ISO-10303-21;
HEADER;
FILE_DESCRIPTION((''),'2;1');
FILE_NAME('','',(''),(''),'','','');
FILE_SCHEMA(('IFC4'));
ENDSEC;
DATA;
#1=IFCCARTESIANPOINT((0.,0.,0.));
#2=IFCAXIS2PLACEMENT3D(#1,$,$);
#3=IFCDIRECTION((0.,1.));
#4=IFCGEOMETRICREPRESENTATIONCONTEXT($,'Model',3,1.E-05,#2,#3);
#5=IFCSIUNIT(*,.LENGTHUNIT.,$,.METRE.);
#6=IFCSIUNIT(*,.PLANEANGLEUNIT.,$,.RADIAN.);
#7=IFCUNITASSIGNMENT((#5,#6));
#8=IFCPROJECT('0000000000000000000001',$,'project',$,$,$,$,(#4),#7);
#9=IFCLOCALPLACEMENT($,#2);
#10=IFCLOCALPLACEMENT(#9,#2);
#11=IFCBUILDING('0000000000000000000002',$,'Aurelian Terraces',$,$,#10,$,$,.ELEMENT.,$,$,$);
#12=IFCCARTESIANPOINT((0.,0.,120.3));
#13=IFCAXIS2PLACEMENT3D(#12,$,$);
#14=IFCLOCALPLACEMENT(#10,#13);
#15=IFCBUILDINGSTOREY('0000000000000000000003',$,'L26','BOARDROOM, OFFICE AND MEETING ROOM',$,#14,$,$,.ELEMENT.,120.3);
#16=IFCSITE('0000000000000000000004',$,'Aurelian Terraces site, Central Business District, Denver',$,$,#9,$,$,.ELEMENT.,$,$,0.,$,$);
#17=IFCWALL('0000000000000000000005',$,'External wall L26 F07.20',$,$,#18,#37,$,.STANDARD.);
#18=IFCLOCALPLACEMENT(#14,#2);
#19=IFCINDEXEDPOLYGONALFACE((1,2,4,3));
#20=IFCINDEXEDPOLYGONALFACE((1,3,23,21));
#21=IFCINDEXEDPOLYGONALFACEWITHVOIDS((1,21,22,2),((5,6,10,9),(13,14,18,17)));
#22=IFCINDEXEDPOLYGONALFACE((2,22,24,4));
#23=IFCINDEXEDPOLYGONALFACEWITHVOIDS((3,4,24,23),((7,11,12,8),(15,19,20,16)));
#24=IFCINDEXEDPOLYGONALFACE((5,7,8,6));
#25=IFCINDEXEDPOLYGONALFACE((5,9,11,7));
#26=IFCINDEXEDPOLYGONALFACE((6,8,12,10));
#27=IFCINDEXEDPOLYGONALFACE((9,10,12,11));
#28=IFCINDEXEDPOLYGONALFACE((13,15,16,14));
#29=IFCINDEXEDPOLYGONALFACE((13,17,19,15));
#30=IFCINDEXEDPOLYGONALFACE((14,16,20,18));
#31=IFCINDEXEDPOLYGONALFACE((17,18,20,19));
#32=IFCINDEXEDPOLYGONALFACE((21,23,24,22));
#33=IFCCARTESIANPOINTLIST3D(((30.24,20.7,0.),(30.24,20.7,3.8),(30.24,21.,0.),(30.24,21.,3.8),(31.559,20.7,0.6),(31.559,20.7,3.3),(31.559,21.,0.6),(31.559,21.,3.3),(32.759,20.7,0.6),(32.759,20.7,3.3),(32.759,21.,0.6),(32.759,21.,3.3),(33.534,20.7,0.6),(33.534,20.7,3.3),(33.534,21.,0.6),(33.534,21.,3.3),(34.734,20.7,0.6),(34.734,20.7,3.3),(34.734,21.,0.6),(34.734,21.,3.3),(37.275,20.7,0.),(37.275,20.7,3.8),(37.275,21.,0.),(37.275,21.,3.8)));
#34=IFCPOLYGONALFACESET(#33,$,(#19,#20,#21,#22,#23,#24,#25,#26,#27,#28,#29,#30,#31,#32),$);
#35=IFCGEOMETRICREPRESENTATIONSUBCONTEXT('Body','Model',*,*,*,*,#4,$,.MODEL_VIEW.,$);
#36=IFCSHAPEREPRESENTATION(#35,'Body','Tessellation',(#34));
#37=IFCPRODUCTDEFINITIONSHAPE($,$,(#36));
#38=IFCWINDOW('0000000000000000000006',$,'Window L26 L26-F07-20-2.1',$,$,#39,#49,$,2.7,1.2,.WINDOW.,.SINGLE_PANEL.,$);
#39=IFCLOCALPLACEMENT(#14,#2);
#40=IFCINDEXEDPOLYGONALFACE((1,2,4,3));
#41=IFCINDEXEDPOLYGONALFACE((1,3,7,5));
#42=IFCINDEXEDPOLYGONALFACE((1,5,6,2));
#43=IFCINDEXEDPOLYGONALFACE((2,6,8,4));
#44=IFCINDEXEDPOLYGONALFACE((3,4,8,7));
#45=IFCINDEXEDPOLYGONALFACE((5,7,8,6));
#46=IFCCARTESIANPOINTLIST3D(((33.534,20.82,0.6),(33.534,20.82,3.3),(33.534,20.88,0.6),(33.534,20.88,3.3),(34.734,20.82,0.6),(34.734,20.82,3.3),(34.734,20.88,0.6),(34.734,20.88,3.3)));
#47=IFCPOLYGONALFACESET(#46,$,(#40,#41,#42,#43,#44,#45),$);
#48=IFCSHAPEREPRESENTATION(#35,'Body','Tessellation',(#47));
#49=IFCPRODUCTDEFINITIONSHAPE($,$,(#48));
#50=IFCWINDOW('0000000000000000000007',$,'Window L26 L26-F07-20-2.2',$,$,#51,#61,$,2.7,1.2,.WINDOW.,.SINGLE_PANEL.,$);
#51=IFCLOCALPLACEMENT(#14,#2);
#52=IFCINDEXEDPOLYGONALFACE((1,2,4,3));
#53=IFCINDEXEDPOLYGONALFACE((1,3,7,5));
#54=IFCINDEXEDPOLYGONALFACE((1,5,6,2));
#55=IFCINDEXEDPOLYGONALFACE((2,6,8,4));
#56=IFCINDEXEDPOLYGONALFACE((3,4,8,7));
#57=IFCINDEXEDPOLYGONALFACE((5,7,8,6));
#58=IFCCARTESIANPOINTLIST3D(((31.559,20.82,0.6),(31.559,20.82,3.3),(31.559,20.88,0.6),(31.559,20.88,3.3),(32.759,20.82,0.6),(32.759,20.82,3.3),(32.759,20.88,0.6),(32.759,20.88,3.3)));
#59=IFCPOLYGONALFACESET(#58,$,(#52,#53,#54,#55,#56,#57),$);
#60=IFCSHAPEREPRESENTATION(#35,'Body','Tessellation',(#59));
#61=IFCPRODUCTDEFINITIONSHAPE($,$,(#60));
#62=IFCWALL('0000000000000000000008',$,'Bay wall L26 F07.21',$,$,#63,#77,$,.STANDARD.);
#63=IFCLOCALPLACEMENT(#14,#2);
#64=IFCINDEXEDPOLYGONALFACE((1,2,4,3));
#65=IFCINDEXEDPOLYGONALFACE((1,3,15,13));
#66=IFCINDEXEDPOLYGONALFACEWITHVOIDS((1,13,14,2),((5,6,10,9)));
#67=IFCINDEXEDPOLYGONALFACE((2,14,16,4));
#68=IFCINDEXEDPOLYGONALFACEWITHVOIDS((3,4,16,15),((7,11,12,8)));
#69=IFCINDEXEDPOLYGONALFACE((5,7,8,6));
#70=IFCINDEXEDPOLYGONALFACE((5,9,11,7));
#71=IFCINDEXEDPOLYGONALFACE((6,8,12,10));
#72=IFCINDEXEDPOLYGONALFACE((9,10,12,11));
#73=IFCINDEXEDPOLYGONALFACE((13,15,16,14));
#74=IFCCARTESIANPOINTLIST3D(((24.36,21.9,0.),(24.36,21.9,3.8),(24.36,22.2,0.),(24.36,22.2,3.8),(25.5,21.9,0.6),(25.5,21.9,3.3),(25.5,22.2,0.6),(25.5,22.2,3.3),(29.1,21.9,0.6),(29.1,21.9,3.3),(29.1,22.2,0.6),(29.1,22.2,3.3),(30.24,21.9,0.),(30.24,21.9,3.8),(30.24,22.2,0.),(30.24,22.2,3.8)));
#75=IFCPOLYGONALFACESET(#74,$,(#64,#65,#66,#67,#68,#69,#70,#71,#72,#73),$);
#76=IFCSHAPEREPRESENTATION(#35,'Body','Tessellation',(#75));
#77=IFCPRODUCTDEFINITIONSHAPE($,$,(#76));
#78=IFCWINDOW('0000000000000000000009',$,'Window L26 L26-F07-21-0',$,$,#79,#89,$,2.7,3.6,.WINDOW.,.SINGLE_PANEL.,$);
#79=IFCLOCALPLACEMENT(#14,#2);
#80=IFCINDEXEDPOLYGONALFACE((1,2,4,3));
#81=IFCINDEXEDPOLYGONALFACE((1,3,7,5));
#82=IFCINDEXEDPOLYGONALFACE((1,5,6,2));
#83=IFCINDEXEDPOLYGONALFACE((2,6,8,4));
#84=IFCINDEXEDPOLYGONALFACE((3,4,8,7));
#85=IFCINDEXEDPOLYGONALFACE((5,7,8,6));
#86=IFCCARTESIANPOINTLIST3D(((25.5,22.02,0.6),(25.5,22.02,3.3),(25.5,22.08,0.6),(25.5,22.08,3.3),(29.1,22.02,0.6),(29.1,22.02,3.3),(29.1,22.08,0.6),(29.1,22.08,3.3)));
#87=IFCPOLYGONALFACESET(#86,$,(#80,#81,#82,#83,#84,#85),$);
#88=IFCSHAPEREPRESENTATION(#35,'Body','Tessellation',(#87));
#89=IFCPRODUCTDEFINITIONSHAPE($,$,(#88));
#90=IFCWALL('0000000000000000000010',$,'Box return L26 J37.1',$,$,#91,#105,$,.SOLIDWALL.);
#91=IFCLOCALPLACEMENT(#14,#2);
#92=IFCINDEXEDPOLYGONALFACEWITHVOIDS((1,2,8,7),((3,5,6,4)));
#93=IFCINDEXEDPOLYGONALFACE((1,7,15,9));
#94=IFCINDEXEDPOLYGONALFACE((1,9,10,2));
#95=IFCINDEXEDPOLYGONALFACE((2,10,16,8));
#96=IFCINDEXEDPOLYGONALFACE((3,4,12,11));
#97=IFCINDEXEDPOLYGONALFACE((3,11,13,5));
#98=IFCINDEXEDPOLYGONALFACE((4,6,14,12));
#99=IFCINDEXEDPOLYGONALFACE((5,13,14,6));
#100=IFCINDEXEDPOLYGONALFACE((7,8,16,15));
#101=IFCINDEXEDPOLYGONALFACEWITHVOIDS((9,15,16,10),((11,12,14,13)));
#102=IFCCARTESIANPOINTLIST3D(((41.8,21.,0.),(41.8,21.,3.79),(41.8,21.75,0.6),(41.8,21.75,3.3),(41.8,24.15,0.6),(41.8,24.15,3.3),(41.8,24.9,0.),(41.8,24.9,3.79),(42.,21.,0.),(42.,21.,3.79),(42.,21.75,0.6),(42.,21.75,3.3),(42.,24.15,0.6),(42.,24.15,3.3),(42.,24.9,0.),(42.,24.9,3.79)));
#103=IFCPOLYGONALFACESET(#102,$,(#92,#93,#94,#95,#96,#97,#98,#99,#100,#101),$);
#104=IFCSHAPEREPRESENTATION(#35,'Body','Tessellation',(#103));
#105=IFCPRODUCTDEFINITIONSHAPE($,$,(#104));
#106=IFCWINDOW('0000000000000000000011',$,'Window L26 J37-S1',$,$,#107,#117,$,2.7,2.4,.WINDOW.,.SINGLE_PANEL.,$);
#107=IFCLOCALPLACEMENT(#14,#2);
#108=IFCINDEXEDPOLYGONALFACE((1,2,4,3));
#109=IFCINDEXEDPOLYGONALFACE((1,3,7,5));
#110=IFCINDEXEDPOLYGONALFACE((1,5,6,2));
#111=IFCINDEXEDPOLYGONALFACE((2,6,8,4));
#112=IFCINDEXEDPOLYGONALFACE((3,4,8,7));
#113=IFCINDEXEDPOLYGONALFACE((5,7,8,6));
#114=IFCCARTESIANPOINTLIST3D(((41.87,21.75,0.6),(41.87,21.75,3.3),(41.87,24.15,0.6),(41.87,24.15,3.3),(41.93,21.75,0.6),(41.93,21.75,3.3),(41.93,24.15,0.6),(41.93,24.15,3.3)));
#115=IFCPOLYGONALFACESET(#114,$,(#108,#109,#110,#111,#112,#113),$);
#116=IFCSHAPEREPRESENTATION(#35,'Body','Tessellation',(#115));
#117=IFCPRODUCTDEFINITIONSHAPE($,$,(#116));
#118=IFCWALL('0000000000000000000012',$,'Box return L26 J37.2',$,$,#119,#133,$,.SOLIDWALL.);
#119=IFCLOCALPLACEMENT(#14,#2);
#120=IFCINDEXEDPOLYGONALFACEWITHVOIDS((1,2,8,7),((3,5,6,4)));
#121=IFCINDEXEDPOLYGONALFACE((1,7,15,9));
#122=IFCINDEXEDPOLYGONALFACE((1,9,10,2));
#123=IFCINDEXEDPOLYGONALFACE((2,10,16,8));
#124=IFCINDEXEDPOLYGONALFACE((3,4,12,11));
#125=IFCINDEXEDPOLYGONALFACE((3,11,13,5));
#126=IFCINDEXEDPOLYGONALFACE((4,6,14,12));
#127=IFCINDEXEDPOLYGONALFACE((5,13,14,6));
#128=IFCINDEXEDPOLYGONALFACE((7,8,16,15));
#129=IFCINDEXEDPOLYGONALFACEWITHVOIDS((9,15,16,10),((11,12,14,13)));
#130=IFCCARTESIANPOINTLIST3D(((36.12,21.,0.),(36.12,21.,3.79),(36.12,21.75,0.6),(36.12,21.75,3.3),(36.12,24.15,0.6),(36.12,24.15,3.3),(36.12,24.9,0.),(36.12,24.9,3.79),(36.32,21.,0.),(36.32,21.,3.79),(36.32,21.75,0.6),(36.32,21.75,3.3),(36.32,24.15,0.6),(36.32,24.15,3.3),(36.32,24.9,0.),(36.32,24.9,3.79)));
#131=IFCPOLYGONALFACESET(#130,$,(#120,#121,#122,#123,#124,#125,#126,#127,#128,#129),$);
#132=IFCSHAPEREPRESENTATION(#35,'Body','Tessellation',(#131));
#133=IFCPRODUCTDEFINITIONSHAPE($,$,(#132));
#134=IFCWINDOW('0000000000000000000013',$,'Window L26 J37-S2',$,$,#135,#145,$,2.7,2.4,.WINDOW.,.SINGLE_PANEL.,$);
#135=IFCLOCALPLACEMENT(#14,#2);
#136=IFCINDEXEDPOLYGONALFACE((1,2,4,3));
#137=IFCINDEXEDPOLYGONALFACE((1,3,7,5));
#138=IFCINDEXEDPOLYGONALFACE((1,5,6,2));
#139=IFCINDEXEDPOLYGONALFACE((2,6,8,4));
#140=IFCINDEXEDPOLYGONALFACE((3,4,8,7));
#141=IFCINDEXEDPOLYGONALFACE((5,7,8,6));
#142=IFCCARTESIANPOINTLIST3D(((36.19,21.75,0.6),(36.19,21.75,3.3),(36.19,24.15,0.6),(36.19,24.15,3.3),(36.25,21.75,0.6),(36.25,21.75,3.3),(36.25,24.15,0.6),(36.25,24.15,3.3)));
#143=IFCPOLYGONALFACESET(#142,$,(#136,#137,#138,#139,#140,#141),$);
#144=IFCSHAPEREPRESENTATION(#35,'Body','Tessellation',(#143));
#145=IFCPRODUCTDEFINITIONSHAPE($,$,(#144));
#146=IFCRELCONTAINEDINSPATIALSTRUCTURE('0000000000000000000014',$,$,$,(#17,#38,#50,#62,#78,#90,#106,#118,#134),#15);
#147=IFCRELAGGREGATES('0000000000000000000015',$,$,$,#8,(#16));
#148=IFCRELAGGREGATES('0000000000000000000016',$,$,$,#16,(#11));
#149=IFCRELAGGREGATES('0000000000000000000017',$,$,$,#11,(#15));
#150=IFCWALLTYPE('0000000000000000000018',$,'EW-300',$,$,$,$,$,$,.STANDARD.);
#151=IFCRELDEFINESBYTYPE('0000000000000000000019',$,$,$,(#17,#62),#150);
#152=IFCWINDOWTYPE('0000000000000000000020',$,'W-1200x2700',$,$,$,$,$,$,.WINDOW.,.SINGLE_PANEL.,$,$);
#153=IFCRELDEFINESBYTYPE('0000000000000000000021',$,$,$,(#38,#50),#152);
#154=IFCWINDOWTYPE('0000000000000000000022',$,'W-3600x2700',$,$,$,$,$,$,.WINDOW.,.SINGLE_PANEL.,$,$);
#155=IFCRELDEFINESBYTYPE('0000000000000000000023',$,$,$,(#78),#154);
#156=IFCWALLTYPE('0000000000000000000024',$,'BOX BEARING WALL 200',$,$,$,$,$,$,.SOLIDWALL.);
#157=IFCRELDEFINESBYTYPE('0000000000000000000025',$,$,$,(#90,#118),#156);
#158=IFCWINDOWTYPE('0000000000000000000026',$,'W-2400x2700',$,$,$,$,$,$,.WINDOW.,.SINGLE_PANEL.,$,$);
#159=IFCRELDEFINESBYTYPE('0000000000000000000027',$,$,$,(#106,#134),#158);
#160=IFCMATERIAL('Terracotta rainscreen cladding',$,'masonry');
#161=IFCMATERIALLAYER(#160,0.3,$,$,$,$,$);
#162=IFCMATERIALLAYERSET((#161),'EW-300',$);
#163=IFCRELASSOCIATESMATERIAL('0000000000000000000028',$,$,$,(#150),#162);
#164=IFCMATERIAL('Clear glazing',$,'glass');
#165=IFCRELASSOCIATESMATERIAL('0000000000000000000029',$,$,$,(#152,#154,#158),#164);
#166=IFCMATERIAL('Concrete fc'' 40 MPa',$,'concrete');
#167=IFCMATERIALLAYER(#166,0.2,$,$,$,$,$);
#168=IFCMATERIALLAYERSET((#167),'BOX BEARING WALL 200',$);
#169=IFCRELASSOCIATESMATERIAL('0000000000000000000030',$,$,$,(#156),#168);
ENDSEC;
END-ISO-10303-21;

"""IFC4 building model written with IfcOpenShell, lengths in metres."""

from ifc_helpers import new_model, si_unit, direction, frame, frame_2d, origin, place, context, subcontext, project, spatial, rectangle, extrude, source, transform, mapped, material, layer, layer_set, type_object, element, fill, save


model = new_model("IFC4")

# Units and contexts
model_context = context("Model", 3, precision=1e-05, world=origin(), true_north=direction((0.0, 1.0)))
body_context = subcontext(model_context, "Body", "Model", "MODEL_VIEW")
ifc_project = project(units=[si_unit("LENGTHUNIT", "METRE"), si_unit("PLANEANGLEUNIT", "RADIAN")], contexts=[model_context])

# Site, building, storey
site_placement = place(None, origin())
site = spatial("IfcSite", under=ifc_project, at=site_placement, Name="Aurelian Terraces site, Central Business District, Denver", CompositionType="ELEMENT", RefElevation=0.0)
building_placement = place(site_placement, origin())
building = spatial("IfcBuilding", under=site, at=building_placement, Name="Aurelian Terraces", CompositionType="ELEMENT")
storey_placement = place(building_placement, frame((0.0, 0.0, 120.3)))
storey = spatial("IfcBuildingStorey", under=building, at=storey_placement, Name="L26", Description="BOARDROOM, OFFICE AND MEETING ROOM", CompositionType="ELEMENT", Elevation=120.3)

# Wall, openings, windows
ifc_material_1 = material(Name="Terracotta rainscreen cladding", Category="masonry")
ifc_layer_1 = layer(ifc_material_1, 0.3)
ifc_layer_set_1 = layer_set([ifc_layer_1], Name="EW-300")
wall_type_1 = type_object("IfcWallType", Name="EW-300", PredefinedType="STANDARD", material=ifc_layer_set_1)
wall_1_placement = place(storey_placement, frame((37.275, 20.85, 0.0), z_axis=(0.0, 0.0, 1.0), x_axis=(-1.0, 0.0, 0.0)))
wall_1 = element("IfcWall", 1, at=wall_1_placement, inside=storey, type_object=wall_type_1, Name="External wall L26 F07.20", PredefinedType="STANDARD", context=body_context, shape_type="SweptSolid", body=[
    extrude(rectangle(XDim=7.035, YDim=0.3, at=frame_2d((3.5175, 0.0))), origin(), (0.0, 0.0, 1.0), 3.8),
])
shared_shape_1 = source(origin(), body_context, "Body", "SweptSolid", [
    extrude(rectangle(XDim=1.2, YDim=2.7, at=frame_2d((0.6, 1.35))), frame((0.0, 0.16, 0.0), z_axis=(0.0, -1.0, 0.0), x_axis=(1.0, 0.0, 0.0)), (0.0, 0.0, 1.0), 0.32),
])
opening_1_placement = place(wall_1_placement, frame((2.541, 0.0, 0.6)))
opening_1 = element("IfcOpeningElement", 2, at=opening_1_placement, cuts=wall_1, PredefinedType="OPENING", context=body_context, shape_type="MappedRepresentation", body=[
    mapped(shared_shape_1, transform((0.0, 0.0, 0.0), scale=1.0)),
])
opening_2_placement = place(wall_1_placement, frame((4.516, 0.0, 0.6)))
opening_2 = element("IfcOpeningElement", 3, at=opening_2_placement, cuts=wall_1, PredefinedType="OPENING", context=body_context, shape_type="MappedRepresentation", body=[
    mapped(shared_shape_1, transform((0.0, 0.0, 0.0), scale=1.0)),
])
ifc_material_2 = material(Name="Clear glazing", Category="glass")
window_type_1 = type_object("IfcWindowType", Name="W-1200x2700", PartitioningType="SINGLE_PANEL", PredefinedType="WINDOW", material=ifc_material_2)
shared_shape_2 = source(origin(), body_context, "Body", "SweptSolid", [
    extrude(rectangle(XDim=1.2, YDim=2.7, at=frame_2d((0.6, 1.35))), frame((0.0, 0.03, 0.0), z_axis=(0.0, -1.0, 0.0), x_axis=(1.0, 0.0, 0.0)), (0.0, 0.0, 1.0), 0.06),
])
window_1_placement = place(opening_1_placement, origin())
window_1 = element("IfcWindow", 4, at=window_1_placement, inside=storey, type_object=window_type_1, Name="Window L26 L26-F07-20-2.1", OverallHeight=2.7, OverallWidth=1.2, PartitioningType="SINGLE_PANEL", PredefinedType="WINDOW", context=body_context, shape_type="MappedRepresentation", body=[
    mapped(shared_shape_2, transform((0.0, 0.0, 0.0), scale=1.0)),
])
fill(opening_1, window_1)
window_2_placement = place(opening_2_placement, origin())
window_2 = element("IfcWindow", 5, at=window_2_placement, inside=storey, type_object=window_type_1, Name="Window L26 L26-F07-20-2.2", OverallHeight=2.7, OverallWidth=1.2, PartitioningType="SINGLE_PANEL", PredefinedType="WINDOW", context=body_context, shape_type="MappedRepresentation", body=[
    mapped(shared_shape_2, transform((0.0, 0.0, 0.0), scale=1.0)),
])
fill(opening_2, window_2)

# Walls, openings, windows
shared_shape_3 = source(origin(), body_context, "Body", "SweptSolid", [
    extrude(rectangle(XDim=5.88, YDim=0.3, at=frame_2d((2.94, 0.0))), origin(), (0.0, 0.0, 1.0), 3.8),
])
wall_2_placement = place(storey_placement, frame((30.24, 22.05, 0.0), z_axis=(0.0, 0.0, 1.0), x_axis=(-1.0, 0.0, 0.0)))
wall_2 = element("IfcWall", 6, at=wall_2_placement, inside=storey, type_object=wall_type_1, Name="Bay wall L26 F07.21", PredefinedType="STANDARD", context=body_context, shape_type="MappedRepresentation", body=[
    mapped(shared_shape_3, transform((0.0, 0.0, 0.0), scale=1.0)),
])
shared_shape_4 = source(origin(), body_context, "Body", "SweptSolid", [
    extrude(rectangle(XDim=3.6, YDim=2.7, at=frame_2d((1.8, 1.35))), frame((0.0, 0.16, 0.0), z_axis=(0.0, -1.0, 0.0), x_axis=(1.0, 0.0, 0.0)), (0.0, 0.0, 1.0), 0.32),
])
opening_3_placement = place(wall_2_placement, frame((1.14, 0.0, 0.6)))
opening_3 = element("IfcOpeningElement", 7, at=opening_3_placement, cuts=wall_2, PredefinedType="OPENING", context=body_context, shape_type="MappedRepresentation", body=[
    mapped(shared_shape_4, transform((0.0, 0.0, 0.0), scale=1.0)),
])
window_type_2 = type_object("IfcWindowType", Name="W-3600x2700", PartitioningType="SINGLE_PANEL", PredefinedType="WINDOW", material=ifc_material_2)
shared_shape_5 = source(origin(), body_context, "Body", "SweptSolid", [
    extrude(rectangle(XDim=3.6, YDim=2.7, at=frame_2d((1.8, 1.35))), frame((0.0, 0.03, 0.0), z_axis=(0.0, -1.0, 0.0), x_axis=(1.0, 0.0, 0.0)), (0.0, 0.0, 1.0), 0.06),
])
window_3_placement = place(opening_3_placement, origin())
window_3 = element("IfcWindow", 8, at=window_3_placement, inside=storey, type_object=window_type_2, Name="Window L26 L26-F07-21-0", OverallHeight=2.7, OverallWidth=3.6, PartitioningType="SINGLE_PANEL", PredefinedType="WINDOW", context=body_context, shape_type="MappedRepresentation", body=[
    mapped(shared_shape_5, transform((0.0, 0.0, 0.0), scale=1.0)),
])
fill(opening_3, window_3)
ifc_material_3 = material(Name="Concrete fc' 40 MPa", Category="concrete")
ifc_layer_2 = layer(ifc_material_3, 0.2)
ifc_layer_set_2 = layer_set([ifc_layer_2], Name="BOX BEARING WALL 200")
wall_type_2 = type_object("IfcWallType", Name="BOX BEARING WALL 200", PredefinedType="SOLIDWALL", material=ifc_layer_set_2)
shared_shape_6 = source(origin(), body_context, "Body", "SweptSolid", [
    extrude(rectangle(XDim=3.9, YDim=0.2, at=frame_2d((1.95, 0.0))), origin(), (0.0, 0.0, 1.0), 3.79),
])
wall_3_placement = place(storey_placement, frame((41.9, 21.0, 0.0), z_axis=(0.0, 0.0, 1.0), x_axis=(0.0, 1.0, 0.0)))
wall_3 = element("IfcWall", 9, at=wall_3_placement, inside=storey, type_object=wall_type_2, Name="Box return L26 J37.1", PredefinedType="SOLIDWALL", context=body_context, shape_type="MappedRepresentation", body=[
    mapped(shared_shape_6, transform((0.0, 0.0, 0.0), scale=1.0)),
])
shared_shape_7 = source(origin(), body_context, "Body", "SweptSolid", [
    extrude(rectangle(XDim=2.4, YDim=2.7, at=frame_2d((1.2, 1.35))), frame((0.0, 0.11, 0.0), z_axis=(0.0, -1.0, 0.0), x_axis=(1.0, 0.0, 0.0)), (0.0, 0.0, 1.0), 0.22),
])
opening_4_placement = place(wall_3_placement, frame((0.75, 0.0, 0.6)))
opening_4 = element("IfcOpeningElement", 10, at=opening_4_placement, cuts=wall_3, PredefinedType="OPENING", context=body_context, shape_type="MappedRepresentation", body=[
    mapped(shared_shape_7, transform((0.0, 0.0, 0.0), scale=1.0)),
])
window_type_3 = type_object("IfcWindowType", Name="W-2400x2700", PartitioningType="SINGLE_PANEL", PredefinedType="WINDOW", material=ifc_material_2)
shared_shape_8 = source(origin(), body_context, "Body", "SweptSolid", [
    extrude(rectangle(XDim=2.4, YDim=2.7, at=frame_2d((1.2, 1.35))), frame((0.0, 0.03, 0.0), z_axis=(0.0, -1.0, 0.0), x_axis=(1.0, 0.0, 0.0)), (0.0, 0.0, 1.0), 0.06),
])
window_4_placement = place(opening_4_placement, origin())
window_4 = element("IfcWindow", 11, at=window_4_placement, inside=storey, type_object=window_type_3, Name="Window L26 J37-S1", OverallHeight=2.7, OverallWidth=2.4, PartitioningType="SINGLE_PANEL", PredefinedType="WINDOW", context=body_context, shape_type="MappedRepresentation", body=[
    mapped(shared_shape_8, transform((0.0, 0.0, 0.0), scale=1.0)),
])
fill(opening_4, window_4)
wall_4_placement = place(storey_placement, frame((36.22, 21.0, 0.0), z_axis=(0.0, 0.0, 1.0), x_axis=(0.0, 1.0, 0.0)))
wall_4 = element("IfcWall", 12, at=wall_4_placement, inside=storey, type_object=wall_type_2, Name="Box return L26 J37.2", PredefinedType="SOLIDWALL", context=body_context, shape_type="MappedRepresentation", body=[
    mapped(shared_shape_6, transform((0.0, 0.0, 0.0), scale=1.0)),
])
opening_5_placement = place(wall_4_placement, frame((0.75, 0.0, 0.6)))
opening_5 = element("IfcOpeningElement", 13, at=opening_5_placement, cuts=wall_4, PredefinedType="OPENING", context=body_context, shape_type="MappedRepresentation", body=[
    mapped(shared_shape_7, transform((0.0, 0.0, 0.0), scale=1.0)),
])
window_5_placement = place(opening_5_placement, origin())
window_5 = element("IfcWindow", 14, at=window_5_placement, inside=storey, type_object=window_type_3, Name="Window L26 J37-S2", OverallHeight=2.7, OverallWidth=2.4, PartitioningType="SINGLE_PANEL", PredefinedType="WINDOW", context=body_context, shape_type="MappedRepresentation", body=[
    mapped(shared_shape_8, transform((0.0, 0.0, 0.0), scale=1.0)),
])
fill(opening_5, window_5)

save(model, "model.ifc")
